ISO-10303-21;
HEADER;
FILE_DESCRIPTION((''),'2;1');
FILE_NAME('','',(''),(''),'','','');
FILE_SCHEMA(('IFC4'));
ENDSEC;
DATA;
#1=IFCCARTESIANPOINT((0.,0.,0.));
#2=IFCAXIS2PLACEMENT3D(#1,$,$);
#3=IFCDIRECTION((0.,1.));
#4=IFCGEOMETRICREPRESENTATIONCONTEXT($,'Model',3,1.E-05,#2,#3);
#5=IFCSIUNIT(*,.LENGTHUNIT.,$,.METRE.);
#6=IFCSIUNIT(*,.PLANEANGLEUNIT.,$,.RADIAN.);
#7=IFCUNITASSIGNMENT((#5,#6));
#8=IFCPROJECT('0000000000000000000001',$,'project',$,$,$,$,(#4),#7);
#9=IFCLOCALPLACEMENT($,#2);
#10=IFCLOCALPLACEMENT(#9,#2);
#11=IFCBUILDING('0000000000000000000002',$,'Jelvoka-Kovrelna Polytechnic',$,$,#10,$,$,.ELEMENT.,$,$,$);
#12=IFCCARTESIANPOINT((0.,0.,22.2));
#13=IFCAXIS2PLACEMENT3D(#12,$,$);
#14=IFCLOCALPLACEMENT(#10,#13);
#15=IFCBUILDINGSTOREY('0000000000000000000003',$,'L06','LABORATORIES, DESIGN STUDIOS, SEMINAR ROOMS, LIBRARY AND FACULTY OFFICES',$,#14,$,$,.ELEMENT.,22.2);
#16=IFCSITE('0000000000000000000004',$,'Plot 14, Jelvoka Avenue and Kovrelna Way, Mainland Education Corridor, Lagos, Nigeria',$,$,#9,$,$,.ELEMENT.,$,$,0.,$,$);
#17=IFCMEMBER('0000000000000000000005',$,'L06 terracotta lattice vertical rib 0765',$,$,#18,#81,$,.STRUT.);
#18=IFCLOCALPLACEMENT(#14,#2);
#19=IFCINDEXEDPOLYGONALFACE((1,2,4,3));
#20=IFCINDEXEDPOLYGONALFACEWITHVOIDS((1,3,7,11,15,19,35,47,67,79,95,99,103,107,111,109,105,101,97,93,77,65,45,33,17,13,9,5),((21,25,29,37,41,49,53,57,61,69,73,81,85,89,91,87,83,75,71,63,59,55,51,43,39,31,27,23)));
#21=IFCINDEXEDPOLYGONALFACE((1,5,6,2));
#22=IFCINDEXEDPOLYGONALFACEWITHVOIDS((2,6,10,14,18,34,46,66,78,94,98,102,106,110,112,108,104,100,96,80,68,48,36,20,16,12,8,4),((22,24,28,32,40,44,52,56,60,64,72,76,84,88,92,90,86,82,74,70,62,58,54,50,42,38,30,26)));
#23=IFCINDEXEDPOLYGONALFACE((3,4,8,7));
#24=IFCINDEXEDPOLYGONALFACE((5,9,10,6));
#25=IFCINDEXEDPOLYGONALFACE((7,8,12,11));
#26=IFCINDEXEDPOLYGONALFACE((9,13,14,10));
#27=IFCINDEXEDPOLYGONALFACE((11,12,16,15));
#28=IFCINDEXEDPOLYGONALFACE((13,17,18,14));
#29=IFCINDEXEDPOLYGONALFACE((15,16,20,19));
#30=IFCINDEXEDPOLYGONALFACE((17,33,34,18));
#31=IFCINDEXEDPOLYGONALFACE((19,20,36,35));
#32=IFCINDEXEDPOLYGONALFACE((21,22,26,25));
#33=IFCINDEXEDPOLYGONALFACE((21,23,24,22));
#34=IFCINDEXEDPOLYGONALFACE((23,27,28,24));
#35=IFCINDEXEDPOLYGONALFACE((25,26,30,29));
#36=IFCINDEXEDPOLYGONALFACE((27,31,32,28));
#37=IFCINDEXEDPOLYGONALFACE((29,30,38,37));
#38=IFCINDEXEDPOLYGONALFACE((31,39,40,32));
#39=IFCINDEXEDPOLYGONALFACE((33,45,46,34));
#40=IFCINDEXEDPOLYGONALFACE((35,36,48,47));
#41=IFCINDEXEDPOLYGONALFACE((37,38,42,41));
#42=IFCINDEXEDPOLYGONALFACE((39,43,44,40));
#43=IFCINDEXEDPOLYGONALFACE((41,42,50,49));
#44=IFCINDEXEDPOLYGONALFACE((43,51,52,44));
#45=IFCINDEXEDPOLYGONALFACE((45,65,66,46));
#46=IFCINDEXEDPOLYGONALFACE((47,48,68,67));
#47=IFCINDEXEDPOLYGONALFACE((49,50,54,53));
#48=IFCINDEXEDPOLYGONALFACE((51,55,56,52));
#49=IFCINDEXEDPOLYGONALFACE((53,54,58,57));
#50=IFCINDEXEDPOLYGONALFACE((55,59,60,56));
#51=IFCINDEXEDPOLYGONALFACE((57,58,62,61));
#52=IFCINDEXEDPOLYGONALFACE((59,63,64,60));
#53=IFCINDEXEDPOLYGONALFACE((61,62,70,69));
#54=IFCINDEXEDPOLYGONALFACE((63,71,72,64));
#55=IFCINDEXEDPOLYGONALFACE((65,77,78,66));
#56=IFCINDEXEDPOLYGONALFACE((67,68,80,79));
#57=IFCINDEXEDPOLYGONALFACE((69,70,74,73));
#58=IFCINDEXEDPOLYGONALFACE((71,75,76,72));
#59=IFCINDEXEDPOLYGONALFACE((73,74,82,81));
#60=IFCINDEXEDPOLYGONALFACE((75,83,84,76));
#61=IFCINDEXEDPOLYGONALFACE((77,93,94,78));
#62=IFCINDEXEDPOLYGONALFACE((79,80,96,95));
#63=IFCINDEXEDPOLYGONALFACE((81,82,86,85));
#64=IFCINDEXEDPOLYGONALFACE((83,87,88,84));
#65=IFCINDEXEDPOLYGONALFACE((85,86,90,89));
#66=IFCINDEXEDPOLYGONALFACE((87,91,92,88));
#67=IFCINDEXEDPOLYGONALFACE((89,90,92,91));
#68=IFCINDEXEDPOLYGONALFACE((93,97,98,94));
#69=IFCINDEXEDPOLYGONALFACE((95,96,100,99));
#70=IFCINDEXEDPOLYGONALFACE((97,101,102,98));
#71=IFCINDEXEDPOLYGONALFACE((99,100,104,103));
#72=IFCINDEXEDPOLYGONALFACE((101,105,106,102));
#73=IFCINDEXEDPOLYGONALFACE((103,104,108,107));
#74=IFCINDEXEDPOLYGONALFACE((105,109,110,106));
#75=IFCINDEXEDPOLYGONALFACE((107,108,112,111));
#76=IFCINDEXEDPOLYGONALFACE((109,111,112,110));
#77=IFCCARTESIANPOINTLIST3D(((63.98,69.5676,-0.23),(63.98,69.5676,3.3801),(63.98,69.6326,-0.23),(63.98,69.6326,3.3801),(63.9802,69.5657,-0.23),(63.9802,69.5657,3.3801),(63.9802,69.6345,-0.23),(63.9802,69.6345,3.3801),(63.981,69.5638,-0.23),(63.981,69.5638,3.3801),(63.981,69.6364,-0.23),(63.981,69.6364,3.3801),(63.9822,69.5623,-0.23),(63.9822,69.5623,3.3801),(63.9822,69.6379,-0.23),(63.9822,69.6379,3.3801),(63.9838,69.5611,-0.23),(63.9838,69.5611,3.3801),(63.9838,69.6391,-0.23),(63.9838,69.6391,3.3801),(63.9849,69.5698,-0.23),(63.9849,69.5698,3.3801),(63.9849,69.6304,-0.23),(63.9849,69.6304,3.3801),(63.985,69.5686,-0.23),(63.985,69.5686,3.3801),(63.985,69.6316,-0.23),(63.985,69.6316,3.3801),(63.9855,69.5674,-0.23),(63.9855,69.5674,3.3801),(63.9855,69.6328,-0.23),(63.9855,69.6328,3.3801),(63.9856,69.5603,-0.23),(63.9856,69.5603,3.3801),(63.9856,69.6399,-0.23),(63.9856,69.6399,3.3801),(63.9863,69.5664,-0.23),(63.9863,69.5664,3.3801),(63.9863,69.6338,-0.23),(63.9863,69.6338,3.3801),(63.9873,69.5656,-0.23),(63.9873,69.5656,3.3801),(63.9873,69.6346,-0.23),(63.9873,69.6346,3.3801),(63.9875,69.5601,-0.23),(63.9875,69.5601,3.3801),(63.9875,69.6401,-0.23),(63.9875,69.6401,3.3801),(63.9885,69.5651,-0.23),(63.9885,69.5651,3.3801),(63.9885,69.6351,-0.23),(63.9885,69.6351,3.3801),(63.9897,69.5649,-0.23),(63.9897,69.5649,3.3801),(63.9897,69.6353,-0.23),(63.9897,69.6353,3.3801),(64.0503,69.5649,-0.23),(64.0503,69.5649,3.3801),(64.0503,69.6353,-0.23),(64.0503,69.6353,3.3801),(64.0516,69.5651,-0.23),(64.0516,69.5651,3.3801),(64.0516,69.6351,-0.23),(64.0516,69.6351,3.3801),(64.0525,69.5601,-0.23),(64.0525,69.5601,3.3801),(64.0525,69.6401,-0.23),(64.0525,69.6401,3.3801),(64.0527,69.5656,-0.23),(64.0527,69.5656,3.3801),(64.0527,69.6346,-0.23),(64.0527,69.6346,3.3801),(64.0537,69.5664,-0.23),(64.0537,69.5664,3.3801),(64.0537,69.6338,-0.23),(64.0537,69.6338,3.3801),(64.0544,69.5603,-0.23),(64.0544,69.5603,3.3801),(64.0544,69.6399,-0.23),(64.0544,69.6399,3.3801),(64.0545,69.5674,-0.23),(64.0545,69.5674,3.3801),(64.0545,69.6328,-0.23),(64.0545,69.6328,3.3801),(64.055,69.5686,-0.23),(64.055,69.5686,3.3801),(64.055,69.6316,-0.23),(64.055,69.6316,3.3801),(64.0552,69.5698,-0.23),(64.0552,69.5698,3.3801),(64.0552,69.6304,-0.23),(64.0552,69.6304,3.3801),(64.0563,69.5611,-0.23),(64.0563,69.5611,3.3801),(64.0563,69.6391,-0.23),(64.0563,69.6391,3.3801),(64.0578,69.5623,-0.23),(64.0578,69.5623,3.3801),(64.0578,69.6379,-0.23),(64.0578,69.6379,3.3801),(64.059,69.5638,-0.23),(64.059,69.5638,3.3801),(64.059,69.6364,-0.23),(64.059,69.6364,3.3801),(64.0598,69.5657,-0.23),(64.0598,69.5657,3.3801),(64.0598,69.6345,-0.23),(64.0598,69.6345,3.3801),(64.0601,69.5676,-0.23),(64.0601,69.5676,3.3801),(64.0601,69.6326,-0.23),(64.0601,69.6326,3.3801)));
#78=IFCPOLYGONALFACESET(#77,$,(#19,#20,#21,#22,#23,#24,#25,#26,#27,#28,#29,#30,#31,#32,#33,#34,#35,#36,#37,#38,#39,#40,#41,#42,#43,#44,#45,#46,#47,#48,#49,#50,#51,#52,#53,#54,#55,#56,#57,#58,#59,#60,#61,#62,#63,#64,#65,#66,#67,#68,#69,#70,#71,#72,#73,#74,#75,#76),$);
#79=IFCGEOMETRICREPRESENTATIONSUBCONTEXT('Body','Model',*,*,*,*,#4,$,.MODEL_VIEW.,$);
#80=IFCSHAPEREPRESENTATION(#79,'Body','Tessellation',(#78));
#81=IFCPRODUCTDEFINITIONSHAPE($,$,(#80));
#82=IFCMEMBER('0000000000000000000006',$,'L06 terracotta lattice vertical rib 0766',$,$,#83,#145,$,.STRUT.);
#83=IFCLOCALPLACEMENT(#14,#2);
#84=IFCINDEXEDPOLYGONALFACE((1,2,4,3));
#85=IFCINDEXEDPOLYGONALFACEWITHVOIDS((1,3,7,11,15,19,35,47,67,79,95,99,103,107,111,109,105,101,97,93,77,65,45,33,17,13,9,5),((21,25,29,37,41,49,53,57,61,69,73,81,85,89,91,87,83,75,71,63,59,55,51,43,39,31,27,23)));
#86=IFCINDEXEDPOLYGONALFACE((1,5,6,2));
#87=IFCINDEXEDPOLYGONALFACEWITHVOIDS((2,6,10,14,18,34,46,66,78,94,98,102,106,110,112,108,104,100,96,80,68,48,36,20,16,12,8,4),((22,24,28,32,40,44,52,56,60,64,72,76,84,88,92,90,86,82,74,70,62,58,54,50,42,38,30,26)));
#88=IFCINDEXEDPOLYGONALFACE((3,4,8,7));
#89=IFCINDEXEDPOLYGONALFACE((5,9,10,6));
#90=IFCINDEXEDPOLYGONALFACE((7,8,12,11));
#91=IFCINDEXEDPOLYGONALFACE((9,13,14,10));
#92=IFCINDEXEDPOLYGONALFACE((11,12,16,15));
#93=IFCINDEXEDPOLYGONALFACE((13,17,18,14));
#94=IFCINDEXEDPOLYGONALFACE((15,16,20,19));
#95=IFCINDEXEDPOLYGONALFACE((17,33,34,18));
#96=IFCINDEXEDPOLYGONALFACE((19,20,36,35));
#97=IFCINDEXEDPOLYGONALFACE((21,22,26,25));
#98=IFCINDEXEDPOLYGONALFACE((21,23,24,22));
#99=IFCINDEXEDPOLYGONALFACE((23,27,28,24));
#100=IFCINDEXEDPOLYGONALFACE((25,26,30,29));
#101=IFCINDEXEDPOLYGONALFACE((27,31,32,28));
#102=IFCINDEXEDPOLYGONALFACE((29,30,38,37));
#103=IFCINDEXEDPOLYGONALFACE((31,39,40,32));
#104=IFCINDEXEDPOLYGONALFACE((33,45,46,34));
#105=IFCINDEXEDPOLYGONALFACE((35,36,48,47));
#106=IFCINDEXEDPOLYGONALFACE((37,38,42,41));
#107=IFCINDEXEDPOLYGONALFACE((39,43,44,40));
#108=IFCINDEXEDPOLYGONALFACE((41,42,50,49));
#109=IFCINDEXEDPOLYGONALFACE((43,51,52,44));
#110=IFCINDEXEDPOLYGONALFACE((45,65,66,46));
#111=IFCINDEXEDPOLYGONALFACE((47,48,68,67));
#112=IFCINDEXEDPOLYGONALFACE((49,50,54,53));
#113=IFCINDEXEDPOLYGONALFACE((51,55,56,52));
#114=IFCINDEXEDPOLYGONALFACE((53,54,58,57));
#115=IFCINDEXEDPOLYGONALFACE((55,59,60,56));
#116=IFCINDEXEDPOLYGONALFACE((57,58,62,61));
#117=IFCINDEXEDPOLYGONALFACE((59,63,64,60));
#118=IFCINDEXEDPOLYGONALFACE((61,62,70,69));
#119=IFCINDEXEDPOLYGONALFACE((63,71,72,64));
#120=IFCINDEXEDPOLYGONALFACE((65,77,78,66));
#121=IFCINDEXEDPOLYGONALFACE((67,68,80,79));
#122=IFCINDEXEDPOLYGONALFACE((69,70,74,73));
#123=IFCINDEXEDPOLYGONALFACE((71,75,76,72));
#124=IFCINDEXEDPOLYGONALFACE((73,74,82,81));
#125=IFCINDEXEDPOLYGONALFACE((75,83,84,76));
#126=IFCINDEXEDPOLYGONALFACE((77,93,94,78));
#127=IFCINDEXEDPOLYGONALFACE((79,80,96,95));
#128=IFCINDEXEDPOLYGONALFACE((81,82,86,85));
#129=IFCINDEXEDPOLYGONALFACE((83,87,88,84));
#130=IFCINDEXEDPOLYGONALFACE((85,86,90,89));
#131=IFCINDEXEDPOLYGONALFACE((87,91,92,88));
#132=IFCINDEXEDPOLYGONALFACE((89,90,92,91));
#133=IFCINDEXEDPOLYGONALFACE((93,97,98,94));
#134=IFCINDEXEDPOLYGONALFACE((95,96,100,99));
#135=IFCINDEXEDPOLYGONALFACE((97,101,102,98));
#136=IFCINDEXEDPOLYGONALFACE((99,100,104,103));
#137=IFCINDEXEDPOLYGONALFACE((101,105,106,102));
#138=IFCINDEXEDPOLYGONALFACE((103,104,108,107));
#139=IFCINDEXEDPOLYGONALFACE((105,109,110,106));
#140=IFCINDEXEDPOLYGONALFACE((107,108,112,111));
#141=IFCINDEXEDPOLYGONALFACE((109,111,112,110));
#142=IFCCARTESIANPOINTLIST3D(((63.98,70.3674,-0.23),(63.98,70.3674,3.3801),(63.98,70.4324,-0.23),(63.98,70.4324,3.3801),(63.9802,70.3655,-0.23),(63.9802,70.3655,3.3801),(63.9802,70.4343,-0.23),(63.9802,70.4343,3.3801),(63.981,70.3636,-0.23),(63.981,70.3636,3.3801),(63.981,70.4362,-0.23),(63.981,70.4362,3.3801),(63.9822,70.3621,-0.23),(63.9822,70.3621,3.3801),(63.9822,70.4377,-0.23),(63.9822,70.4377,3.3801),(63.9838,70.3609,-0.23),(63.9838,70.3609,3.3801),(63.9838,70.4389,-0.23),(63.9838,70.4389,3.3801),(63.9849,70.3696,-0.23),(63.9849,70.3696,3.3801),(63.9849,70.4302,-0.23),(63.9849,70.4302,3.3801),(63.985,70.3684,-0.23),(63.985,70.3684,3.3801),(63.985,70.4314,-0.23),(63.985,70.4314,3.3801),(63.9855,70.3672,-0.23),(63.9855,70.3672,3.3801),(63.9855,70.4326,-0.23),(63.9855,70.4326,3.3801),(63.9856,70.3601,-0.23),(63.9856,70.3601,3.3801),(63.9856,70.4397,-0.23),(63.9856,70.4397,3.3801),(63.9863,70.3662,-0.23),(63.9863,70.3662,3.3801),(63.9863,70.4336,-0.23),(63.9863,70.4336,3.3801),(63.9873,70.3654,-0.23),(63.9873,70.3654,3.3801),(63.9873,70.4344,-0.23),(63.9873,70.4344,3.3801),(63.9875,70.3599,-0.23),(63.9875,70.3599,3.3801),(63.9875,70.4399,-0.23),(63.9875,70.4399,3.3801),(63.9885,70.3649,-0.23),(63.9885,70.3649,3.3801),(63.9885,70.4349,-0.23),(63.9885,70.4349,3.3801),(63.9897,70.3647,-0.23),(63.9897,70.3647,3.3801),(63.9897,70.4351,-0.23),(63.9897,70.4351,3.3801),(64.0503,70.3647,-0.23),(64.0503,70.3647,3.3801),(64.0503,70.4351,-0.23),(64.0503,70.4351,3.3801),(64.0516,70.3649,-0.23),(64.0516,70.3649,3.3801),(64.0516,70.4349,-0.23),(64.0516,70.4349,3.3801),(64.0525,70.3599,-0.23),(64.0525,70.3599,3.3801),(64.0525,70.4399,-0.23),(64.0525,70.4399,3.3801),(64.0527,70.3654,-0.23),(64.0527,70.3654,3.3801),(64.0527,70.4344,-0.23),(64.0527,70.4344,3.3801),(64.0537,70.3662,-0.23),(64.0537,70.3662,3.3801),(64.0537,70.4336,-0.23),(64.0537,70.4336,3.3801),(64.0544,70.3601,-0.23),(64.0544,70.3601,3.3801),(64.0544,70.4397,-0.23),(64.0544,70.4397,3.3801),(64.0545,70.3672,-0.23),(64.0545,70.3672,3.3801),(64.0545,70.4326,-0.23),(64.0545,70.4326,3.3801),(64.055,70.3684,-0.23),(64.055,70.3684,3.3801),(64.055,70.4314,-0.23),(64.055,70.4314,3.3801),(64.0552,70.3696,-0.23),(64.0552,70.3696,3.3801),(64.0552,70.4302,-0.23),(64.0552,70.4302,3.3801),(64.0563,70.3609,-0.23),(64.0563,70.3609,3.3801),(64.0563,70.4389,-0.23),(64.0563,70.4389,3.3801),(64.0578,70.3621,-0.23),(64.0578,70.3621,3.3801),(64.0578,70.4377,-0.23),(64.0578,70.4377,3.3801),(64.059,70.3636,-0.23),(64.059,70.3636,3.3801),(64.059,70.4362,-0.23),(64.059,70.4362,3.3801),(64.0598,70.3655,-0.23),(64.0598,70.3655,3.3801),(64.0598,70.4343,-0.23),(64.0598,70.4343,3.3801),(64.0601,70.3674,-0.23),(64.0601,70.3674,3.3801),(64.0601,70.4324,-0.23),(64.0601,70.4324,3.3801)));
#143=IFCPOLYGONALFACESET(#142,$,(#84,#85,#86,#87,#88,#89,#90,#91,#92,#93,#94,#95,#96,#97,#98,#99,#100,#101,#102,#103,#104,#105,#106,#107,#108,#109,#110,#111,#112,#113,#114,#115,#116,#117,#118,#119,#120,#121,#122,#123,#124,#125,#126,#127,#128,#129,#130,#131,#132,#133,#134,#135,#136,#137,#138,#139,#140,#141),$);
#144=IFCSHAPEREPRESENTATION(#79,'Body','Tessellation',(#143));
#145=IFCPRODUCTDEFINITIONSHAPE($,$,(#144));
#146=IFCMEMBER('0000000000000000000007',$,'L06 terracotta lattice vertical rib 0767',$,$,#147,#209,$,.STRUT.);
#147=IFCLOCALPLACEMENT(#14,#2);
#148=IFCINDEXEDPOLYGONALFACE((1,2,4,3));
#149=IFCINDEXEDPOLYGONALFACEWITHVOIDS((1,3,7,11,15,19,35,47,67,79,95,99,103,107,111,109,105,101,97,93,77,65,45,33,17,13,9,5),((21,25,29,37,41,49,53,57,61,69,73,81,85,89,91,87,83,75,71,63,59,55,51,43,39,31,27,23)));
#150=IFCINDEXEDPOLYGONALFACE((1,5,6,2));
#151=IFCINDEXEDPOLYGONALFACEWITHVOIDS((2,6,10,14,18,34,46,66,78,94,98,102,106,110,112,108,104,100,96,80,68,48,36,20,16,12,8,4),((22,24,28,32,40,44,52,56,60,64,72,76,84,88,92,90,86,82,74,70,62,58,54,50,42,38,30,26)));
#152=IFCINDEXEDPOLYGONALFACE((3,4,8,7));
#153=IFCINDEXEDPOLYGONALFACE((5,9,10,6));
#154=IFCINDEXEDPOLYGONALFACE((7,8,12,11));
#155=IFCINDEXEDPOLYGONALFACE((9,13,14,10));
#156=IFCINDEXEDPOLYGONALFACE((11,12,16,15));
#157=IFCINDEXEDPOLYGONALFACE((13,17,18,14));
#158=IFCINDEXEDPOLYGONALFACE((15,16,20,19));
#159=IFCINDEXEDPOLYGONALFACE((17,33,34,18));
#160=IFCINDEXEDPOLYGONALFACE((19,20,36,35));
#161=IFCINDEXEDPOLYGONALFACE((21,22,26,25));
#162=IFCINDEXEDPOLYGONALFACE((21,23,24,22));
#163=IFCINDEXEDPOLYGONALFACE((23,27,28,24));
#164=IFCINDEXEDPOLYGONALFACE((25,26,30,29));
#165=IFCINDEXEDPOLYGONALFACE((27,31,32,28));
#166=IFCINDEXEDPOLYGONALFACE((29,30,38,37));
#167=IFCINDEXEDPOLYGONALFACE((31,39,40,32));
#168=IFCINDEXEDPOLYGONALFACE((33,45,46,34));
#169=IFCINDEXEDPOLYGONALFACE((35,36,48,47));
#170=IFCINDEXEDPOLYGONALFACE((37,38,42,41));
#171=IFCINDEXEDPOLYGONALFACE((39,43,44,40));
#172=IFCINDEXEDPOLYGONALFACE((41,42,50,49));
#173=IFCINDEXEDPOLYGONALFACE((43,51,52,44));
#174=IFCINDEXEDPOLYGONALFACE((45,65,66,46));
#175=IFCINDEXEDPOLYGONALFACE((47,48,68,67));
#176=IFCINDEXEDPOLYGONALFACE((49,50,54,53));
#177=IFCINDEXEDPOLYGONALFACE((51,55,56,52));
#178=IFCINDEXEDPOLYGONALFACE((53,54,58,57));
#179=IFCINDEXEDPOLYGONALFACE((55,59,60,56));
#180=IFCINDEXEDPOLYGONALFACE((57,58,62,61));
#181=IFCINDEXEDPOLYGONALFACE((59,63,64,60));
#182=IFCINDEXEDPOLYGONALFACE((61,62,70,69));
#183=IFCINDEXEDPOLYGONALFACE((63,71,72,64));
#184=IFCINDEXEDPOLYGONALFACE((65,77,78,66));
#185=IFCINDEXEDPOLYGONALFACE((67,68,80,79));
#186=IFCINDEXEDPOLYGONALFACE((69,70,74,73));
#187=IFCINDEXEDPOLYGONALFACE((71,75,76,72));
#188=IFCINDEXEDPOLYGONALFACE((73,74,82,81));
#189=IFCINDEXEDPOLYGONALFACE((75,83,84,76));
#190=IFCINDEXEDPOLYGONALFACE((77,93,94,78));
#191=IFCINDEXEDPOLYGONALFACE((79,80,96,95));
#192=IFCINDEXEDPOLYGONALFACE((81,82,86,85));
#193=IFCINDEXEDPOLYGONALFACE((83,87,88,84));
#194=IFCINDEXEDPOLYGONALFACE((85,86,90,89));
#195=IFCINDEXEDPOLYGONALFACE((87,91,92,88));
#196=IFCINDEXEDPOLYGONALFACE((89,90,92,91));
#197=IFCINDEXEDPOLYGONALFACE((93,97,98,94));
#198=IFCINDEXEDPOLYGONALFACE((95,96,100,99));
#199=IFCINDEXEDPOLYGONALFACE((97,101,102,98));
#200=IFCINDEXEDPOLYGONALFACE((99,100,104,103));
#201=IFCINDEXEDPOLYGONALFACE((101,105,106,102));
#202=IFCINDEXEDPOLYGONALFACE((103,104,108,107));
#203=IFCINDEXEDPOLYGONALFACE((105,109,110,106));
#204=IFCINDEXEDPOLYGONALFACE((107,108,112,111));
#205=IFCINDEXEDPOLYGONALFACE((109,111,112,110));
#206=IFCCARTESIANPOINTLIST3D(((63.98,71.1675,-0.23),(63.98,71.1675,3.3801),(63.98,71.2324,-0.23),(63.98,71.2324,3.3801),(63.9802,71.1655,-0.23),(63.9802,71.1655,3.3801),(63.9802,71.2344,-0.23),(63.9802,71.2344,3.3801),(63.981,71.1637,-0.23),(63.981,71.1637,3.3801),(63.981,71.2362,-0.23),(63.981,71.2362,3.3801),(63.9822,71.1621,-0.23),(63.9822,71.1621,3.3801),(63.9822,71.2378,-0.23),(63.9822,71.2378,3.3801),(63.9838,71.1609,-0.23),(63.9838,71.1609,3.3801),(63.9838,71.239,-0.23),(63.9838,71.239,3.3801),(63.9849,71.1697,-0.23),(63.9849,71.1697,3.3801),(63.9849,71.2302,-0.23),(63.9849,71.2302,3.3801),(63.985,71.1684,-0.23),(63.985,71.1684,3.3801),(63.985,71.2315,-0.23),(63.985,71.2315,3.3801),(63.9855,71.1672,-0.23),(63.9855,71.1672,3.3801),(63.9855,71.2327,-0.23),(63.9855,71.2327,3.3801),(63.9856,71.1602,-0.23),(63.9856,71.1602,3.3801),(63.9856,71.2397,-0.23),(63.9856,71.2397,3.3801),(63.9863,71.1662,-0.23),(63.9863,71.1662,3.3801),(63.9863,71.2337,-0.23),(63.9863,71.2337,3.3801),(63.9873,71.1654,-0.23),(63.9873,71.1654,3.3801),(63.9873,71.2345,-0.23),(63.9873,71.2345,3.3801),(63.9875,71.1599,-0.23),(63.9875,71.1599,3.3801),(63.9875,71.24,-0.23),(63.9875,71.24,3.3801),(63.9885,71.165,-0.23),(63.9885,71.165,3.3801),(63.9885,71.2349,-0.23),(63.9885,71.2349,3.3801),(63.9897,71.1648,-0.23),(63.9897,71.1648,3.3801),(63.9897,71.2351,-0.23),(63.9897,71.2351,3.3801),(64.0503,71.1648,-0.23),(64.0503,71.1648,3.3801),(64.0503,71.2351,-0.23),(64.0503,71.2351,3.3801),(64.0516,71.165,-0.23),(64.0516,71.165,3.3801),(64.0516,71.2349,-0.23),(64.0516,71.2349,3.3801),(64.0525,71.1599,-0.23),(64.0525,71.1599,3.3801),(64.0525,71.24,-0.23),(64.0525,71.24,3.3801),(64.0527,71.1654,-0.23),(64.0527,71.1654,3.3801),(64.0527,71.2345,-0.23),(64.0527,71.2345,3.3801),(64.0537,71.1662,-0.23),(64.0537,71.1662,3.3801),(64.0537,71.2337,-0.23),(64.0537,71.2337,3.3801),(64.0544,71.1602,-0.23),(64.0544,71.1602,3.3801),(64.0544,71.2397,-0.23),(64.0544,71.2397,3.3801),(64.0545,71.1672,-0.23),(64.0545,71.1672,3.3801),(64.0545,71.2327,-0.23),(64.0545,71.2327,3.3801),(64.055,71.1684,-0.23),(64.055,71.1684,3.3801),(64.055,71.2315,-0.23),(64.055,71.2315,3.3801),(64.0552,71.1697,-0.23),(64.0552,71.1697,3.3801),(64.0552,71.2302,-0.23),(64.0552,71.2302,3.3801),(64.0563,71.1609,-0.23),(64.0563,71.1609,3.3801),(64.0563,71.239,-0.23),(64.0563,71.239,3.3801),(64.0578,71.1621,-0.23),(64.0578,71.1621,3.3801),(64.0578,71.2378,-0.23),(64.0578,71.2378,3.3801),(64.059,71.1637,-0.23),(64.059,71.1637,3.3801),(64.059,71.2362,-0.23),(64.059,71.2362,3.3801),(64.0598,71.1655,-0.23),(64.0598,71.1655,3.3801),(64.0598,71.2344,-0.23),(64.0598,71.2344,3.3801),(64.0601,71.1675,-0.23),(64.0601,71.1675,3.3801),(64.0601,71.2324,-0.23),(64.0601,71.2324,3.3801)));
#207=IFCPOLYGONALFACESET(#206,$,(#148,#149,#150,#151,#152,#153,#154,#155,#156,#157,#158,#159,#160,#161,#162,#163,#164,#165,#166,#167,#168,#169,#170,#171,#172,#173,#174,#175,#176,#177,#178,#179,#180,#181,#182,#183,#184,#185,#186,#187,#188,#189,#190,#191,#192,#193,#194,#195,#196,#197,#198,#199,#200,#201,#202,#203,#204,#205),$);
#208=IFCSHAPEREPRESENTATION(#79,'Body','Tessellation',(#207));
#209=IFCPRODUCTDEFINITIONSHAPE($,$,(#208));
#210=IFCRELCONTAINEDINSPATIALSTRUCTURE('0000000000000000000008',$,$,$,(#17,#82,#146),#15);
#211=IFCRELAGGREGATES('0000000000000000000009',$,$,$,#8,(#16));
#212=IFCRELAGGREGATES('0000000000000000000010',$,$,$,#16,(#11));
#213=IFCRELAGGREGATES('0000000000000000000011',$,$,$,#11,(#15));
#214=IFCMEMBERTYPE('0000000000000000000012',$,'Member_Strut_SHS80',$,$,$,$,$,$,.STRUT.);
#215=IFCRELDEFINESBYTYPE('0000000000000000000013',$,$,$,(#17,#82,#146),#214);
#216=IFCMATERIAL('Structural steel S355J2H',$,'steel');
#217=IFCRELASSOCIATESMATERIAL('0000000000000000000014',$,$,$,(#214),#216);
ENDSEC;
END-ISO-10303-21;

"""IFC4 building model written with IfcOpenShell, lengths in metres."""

from ifc_helpers import new_model, si_unit, direction, frame, origin, origin_2d, place, context, subcontext, project, spatial, hollow_rectangle, extrude, material, material_profile, profile_set, type_object, element, save


model = new_model("IFC4")

# Units and contexts
model_context = context("Model", 3, precision=1e-05, world=origin(), true_north=direction((0.0, 1.0)))
body_context = subcontext(model_context, "Body", "Model", "MODEL_VIEW")
ifc_project = project(units=[si_unit("LENGTHUNIT", "METRE"), si_unit("PLANEANGLEUNIT", "RADIAN")], contexts=[model_context])

# Site, building, storey
site_placement = place(None, origin())
site = spatial("IfcSite", under=ifc_project, at=site_placement, Name="Plot 14, Jelvoka Avenue and Kovrelna Way, Mainland Education Corridor, Lagos, Nigeria", CompositionType="ELEMENT", RefElevation=0.0)
building_placement = place(site_placement, origin())
building = spatial("IfcBuilding", under=site, at=building_placement, Name="Jelvoka-Kovrelna Polytechnic", CompositionType="ELEMENT")
storey_placement = place(building_placement, frame((0.0, 0.0, 22.2)))
storey = spatial("IfcBuildingStorey", under=building, at=storey_placement, Name="L06", Description="LABORATORIES, DESIGN STUDIOS, SEMINAR ROOMS, LIBRARY AND FACULTY OFFICES", CompositionType="ELEMENT", Elevation=22.2)

# Members
ifc_material_1 = material(Name="Structural steel S355J2H", Category="steel")
ifc_material_profile_1 = material_profile(ifc_material_1, hollow_rectangle(XDim=0.0801, YDim=0.0801, WallThickness=0.0049, InnerFilletRadius=0.0049, OuterFilletRadius=0.0076, at=origin_2d()), Name="80x80x5.0 SHS")
ifc_profile_set_1 = profile_set([ifc_material_profile_1], Name="Structural steel S355J2H")
member_type_1 = type_object("IfcMemberType", Name="Member_Strut_SHS80", PredefinedType="STRUT", material=ifc_profile_set_1)
for number, where, z_axis, x_axis, name in (
    (1, (64.02, 69.6001, -0.23), (0.0, 0.0, 1.0), (1.0, 0.0, 0.0), "L06 terracotta lattice vertical rib 0765"),
    (2, (64.02, 70.3999, -0.23), (0.0, 0.0, 1.0), (1.0, 0.0, 0.0), "L06 terracotta lattice vertical rib 0766"),
    (3, (64.02, 71.2, -0.23), (0.0, 0.0, 1.0), (1.0, 0.0, 0.0), "L06 terracotta lattice vertical rib 0767"),
):
    element("IfcMember", number, at=place(storey_placement, frame(where, z_axis=z_axis, x_axis=x_axis)), inside=storey, type_object=member_type_1, Name=name, PredefinedType="STRUT", context=body_context, shape_type="SweptSolid", body=[
        extrude(hollow_rectangle(XDim=0.0801, YDim=0.0801, WallThickness=0.0049, InnerFilletRadius=0.0049, OuterFilletRadius=0.0076, at=origin_2d()), origin(), (0.0, 0.0, 1.0), 3.6101),
    ])

save(model, "model.ifc")
